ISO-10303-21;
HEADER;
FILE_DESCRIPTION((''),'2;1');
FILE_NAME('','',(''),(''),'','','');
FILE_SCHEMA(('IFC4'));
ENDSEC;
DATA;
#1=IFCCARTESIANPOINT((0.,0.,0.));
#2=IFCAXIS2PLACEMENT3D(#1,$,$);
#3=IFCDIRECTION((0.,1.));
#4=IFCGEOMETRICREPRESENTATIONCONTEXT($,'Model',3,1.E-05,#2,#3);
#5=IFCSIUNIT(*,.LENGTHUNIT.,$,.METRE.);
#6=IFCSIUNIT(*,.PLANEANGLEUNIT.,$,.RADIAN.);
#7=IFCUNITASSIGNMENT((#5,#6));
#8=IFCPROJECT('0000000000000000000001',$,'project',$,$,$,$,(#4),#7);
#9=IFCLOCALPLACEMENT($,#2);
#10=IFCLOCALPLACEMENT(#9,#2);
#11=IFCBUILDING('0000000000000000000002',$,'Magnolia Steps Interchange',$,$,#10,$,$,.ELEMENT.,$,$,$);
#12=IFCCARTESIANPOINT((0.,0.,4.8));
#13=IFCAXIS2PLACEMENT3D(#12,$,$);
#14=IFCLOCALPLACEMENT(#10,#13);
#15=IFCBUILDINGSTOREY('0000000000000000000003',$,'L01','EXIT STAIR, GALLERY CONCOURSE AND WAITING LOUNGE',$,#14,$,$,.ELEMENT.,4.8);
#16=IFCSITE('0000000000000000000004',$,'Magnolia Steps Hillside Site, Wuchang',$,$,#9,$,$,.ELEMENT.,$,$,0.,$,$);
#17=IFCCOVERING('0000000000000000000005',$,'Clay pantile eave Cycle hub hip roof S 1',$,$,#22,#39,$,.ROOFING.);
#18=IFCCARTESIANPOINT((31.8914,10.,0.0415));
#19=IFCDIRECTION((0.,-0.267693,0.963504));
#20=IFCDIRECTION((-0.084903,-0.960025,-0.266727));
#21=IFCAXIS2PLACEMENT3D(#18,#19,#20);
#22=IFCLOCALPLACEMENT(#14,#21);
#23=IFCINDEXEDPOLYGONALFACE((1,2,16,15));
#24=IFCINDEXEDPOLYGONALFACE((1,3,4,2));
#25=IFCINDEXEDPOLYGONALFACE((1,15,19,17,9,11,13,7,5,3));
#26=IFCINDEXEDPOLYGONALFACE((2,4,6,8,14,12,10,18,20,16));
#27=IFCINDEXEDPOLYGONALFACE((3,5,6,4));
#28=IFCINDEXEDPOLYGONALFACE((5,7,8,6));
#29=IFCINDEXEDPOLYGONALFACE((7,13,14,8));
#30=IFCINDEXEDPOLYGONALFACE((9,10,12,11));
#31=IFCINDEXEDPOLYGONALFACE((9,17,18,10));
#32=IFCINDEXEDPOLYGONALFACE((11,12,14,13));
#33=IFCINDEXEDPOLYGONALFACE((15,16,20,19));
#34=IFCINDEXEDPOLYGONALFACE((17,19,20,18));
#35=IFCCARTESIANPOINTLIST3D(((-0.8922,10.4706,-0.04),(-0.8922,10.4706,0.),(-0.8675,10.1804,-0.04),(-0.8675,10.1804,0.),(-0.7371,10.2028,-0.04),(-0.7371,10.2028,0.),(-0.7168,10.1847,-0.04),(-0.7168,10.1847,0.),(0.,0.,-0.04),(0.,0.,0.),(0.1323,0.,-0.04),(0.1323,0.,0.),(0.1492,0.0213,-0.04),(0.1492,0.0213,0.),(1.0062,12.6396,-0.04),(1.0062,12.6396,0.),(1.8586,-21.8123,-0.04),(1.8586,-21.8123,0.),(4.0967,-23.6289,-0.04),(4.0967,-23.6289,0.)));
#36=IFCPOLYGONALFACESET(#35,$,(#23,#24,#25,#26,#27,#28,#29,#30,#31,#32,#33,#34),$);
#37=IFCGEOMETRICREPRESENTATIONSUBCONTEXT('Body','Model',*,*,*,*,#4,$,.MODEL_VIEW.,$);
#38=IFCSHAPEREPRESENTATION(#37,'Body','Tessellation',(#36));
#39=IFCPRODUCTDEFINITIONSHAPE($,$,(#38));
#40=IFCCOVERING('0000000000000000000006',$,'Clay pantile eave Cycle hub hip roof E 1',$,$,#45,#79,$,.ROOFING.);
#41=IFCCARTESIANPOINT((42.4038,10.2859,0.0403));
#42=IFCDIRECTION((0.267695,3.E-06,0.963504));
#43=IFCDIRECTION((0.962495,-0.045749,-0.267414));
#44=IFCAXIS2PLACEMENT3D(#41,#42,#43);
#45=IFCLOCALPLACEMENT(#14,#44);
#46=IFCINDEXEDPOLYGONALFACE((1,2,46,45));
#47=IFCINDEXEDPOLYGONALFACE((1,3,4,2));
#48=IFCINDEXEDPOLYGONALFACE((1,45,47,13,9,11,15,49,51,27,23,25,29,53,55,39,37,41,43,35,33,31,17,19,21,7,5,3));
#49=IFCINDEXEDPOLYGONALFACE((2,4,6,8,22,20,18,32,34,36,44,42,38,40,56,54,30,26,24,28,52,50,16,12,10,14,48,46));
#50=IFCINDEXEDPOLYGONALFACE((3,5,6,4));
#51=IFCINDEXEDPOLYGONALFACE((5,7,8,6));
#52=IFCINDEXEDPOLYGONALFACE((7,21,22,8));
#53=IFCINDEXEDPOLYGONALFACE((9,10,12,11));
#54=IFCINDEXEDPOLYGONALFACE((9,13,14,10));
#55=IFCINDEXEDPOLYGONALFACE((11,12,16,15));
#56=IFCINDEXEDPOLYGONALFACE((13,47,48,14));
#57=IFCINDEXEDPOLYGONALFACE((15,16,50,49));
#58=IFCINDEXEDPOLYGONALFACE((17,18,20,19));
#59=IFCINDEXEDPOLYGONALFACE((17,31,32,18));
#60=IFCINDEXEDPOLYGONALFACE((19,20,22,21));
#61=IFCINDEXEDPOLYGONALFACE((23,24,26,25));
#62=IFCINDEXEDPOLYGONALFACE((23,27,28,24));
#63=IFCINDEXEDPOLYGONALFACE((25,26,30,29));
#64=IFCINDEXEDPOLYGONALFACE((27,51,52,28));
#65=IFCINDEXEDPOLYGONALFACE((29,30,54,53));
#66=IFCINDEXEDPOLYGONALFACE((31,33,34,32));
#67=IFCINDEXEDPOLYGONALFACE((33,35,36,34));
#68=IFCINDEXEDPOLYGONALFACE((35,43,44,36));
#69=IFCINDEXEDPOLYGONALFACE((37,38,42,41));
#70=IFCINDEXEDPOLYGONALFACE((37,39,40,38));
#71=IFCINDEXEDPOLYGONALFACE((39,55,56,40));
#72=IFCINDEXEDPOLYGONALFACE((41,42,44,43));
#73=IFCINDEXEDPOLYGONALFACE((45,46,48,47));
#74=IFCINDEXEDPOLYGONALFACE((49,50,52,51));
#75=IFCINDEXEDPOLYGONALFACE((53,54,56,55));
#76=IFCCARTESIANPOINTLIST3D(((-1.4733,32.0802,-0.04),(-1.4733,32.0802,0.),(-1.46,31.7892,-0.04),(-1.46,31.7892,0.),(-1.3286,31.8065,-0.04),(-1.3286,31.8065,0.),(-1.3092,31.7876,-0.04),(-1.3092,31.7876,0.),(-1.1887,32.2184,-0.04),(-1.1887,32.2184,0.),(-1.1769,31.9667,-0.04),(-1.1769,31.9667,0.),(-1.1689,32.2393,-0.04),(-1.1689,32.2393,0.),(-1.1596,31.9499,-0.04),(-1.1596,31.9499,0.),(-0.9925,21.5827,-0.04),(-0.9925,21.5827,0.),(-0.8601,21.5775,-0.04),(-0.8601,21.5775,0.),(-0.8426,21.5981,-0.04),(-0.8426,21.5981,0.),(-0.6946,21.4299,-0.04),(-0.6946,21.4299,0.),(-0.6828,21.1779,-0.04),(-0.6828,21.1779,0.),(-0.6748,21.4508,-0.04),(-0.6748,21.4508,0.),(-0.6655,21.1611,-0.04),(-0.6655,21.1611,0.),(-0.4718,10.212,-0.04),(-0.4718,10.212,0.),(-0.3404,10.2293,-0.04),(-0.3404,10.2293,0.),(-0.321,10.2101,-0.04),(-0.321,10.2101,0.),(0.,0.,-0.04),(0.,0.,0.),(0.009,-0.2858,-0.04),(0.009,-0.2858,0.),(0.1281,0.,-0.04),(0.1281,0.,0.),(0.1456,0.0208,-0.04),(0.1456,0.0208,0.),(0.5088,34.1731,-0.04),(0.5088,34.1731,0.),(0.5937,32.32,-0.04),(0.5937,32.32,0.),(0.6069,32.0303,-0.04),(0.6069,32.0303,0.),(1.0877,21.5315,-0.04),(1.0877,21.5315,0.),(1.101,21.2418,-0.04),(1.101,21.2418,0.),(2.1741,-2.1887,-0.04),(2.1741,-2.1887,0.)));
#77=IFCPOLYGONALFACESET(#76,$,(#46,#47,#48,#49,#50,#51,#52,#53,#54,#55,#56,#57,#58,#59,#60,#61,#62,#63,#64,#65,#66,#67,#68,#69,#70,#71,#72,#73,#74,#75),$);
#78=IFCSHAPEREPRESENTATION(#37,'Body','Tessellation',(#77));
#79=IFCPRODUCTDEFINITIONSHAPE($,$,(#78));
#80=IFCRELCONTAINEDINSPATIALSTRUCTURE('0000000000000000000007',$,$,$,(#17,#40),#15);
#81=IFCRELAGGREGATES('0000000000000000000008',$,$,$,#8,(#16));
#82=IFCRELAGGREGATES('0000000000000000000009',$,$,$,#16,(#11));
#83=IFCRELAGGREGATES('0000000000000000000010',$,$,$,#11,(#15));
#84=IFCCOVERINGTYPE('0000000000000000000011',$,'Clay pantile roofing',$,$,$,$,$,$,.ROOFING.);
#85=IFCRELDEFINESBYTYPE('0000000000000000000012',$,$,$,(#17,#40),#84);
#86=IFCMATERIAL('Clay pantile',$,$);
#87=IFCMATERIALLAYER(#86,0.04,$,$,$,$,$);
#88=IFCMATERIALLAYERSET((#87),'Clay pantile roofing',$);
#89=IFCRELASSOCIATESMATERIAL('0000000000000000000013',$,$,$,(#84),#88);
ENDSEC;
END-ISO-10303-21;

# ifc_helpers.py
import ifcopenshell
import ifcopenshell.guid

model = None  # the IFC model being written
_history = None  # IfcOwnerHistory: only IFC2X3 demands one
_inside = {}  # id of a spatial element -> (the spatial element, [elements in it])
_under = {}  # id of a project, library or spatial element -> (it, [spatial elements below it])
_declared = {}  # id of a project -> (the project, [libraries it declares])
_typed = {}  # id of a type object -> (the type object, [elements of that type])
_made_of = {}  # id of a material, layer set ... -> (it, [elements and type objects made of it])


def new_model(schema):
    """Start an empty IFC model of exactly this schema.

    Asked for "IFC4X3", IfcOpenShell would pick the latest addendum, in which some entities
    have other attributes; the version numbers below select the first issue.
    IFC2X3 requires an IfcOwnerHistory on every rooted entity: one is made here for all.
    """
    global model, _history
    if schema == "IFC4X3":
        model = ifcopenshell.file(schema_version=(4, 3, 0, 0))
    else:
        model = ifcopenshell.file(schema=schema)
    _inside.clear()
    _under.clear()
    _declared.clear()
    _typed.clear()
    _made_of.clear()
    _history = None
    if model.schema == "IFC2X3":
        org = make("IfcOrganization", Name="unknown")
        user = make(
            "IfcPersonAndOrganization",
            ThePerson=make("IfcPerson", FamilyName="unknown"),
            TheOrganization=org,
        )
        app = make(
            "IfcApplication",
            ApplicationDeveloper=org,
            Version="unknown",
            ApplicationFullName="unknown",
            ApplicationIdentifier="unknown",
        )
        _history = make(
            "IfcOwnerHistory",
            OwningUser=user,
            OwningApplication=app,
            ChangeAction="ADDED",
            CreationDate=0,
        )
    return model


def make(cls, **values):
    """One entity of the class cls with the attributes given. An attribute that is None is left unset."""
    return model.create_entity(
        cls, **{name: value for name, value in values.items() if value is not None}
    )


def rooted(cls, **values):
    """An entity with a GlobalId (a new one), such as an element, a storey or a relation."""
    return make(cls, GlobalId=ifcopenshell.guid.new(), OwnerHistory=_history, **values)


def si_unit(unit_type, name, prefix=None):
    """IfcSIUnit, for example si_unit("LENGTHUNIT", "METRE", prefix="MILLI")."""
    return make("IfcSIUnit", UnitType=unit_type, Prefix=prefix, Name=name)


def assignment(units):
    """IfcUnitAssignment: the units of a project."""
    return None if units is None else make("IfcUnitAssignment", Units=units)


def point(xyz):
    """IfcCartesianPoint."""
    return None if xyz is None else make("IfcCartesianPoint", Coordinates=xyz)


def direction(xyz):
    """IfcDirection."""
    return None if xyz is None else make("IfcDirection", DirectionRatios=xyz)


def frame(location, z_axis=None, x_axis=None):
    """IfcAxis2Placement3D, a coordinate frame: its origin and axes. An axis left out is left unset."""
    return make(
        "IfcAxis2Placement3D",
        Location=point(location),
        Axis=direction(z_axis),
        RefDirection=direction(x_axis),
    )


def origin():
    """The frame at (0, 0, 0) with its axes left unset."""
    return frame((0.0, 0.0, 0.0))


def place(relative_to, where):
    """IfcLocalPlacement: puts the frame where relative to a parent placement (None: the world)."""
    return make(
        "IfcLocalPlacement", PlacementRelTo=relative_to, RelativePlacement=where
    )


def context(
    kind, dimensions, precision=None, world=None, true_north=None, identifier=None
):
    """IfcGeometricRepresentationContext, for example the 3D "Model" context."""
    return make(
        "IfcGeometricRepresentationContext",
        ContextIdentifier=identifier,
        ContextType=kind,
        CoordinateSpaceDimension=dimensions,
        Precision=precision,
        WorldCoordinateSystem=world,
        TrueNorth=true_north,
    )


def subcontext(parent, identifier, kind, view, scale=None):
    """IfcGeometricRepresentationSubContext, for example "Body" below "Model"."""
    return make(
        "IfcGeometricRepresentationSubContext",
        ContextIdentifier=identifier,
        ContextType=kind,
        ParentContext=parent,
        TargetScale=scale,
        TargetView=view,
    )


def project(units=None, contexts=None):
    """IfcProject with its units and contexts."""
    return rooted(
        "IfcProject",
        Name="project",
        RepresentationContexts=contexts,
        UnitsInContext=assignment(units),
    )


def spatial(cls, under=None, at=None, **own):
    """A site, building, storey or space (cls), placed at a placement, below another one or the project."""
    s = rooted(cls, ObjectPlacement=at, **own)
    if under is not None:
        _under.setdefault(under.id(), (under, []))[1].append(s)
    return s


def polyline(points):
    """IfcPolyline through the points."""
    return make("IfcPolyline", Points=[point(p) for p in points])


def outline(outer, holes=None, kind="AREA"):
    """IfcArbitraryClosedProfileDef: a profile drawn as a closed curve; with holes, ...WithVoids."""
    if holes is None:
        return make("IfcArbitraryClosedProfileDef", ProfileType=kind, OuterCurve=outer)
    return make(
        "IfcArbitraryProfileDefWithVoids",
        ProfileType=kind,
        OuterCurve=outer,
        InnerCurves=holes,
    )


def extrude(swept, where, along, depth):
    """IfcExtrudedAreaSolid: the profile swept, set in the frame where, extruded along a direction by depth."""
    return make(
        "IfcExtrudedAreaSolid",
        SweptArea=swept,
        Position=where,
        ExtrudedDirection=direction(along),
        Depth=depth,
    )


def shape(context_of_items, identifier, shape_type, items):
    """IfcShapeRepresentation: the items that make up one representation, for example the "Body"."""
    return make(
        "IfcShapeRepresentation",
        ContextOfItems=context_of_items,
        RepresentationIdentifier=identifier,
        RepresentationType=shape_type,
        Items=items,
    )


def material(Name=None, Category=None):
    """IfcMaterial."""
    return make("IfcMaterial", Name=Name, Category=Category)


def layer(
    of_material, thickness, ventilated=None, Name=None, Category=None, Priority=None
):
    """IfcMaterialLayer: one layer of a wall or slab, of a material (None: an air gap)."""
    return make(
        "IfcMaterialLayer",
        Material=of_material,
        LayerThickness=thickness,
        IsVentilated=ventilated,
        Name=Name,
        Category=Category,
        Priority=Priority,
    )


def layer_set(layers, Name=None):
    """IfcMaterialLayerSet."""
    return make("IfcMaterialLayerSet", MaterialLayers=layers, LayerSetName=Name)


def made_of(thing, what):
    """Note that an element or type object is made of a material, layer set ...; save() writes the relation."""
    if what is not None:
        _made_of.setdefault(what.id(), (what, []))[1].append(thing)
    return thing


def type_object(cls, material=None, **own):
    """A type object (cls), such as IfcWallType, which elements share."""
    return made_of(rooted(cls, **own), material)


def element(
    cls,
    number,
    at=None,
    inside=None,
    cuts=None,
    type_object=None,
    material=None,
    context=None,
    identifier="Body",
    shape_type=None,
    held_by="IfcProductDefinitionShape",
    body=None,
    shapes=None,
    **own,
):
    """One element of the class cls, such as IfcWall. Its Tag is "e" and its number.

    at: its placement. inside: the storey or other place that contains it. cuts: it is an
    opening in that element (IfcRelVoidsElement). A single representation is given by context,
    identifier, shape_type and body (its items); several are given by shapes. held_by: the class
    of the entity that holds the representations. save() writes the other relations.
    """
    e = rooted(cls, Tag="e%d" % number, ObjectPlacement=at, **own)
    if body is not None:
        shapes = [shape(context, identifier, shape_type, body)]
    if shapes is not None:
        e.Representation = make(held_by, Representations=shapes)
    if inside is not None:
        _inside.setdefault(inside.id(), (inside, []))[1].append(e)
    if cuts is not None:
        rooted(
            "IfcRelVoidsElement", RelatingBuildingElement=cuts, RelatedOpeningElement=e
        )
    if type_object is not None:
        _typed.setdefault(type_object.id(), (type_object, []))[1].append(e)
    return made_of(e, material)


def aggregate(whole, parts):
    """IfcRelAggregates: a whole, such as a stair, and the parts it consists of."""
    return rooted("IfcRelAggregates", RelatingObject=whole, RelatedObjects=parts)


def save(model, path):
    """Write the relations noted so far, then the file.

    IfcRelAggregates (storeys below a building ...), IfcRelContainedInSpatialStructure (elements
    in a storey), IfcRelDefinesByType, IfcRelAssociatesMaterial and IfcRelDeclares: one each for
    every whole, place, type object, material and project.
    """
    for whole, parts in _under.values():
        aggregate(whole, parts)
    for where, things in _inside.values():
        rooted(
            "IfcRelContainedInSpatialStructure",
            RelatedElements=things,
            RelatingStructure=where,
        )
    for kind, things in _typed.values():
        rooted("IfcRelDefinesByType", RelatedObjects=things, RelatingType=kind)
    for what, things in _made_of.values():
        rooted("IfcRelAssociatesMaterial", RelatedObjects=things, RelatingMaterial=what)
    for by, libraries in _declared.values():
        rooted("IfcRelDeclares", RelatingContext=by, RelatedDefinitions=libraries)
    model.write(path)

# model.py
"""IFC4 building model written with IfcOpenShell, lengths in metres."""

from ifc_helpers import new_model, si_unit, direction, frame, origin, place, context, subcontext, project, spatial, polyline, outline, extrude, material, layer, layer_set, type_object, element, save


model = new_model("IFC4")

# Units and contexts
model_context = context("Model", 3, precision=1e-05, world=origin(), true_north=direction((0.0, 1.0)))
body_context = subcontext(model_context, "Body", "Model", "MODEL_VIEW")
ifc_project = project(units=[si_unit("LENGTHUNIT", "METRE"), si_unit("PLANEANGLEUNIT", "RADIAN")], contexts=[model_context])

# Site, building, storey
site_placement = place(None, origin())
site = spatial("IfcSite", under=ifc_project, at=site_placement, Name="Magnolia Steps Hillside Site, Wuchang", CompositionType="ELEMENT", RefElevation=0.0)
building_placement = place(site_placement, origin())
building = spatial("IfcBuilding", under=site, at=building_placement, Name="Magnolia Steps Interchange", CompositionType="ELEMENT")
storey_placement = place(building_placement, frame((0.0, 0.0, 4.8)))
storey = spatial("IfcBuildingStorey", under=building, at=storey_placement, Name="L01", Description="EXIT STAIR, GALLERY CONCOURSE AND WAITING LOUNGE", CompositionType="ELEMENT", Elevation=4.8)

# Coverings
ifc_material_1 = material(Name="Clay pantile")
ifc_layer_1 = layer(ifc_material_1, 0.04)
ifc_layer_set_1 = layer_set([ifc_layer_1], Name="Clay pantile roofing")
covering_type = type_object("IfcCoveringType", Name="Clay pantile roofing", PredefinedType="ROOFING", material=ifc_layer_set_1)
covering_1_placement = place(storey_placement, frame((31.8914, 10.0, 0.0415), z_axis=(0.0, -0.267693, 0.963504), x_axis=(-0.084903, -0.960025, -0.266727)))
element("IfcCovering", 1, at=covering_1_placement, inside=storey, type_object=covering_type, Name="Clay pantile eave Cycle hub hip roof S 1", PredefinedType="ROOFING", context=body_context, shape_type="SweptSolid", body=[
    extrude(outline(polyline([(0.0, 0.0), (0.1323, 0.0), (0.1492, 0.0213), (-0.7168, 10.1847), (-0.7371, 10.2028), (-0.8675, 10.1804), (-0.8922, 10.4706), (1.0062, 12.6396), (4.0967, -23.6289), (1.8586, -21.8123), (0.0, 0.0)])), origin(), (0.0, 0.0, -1.0), 0.04),
])
covering_2_placement = place(storey_placement, frame((42.4038, 10.2859, 0.0403), z_axis=(0.267695, 0.000003, 0.963504), x_axis=(0.962495, -0.045749, -0.267414)))
element("IfcCovering", 2, at=covering_2_placement, inside=storey, type_object=covering_type, Name="Clay pantile eave Cycle hub hip roof E 1", PredefinedType="ROOFING", context=body_context, shape_type="SweptSolid", body=[
    extrude(outline(polyline([(0.0, 0.0), (0.1281, 0.0), (0.1456, 0.0208), (-0.321, 10.2101), (-0.3404, 10.2293), (-0.4718, 10.212), (-0.9925, 21.5827), (-0.8601, 21.5775), (-0.8426, 21.5981), (-1.3092, 31.7876), (-1.3286, 31.8065), (-1.46, 31.7892), (-1.4733, 32.0802), (0.5088, 34.1731), (0.5937, 32.32), (-1.1689, 32.2393), (-1.1887, 32.2184), (-1.1769, 31.9667), (-1.1596, 31.9499), (0.6069, 32.0303), (1.0877, 21.5315), (-0.6748, 21.4508), (-0.6946, 21.4299), (-0.6828, 21.1779), (-0.6655, 21.1611), (1.101, 21.2418), (2.1741, -2.1887), (0.009, -0.2858), (0.0, 0.0)])), origin(), (0.0, 0.0, -1.0), 0.04),
])

save(model, "model.ifc")
